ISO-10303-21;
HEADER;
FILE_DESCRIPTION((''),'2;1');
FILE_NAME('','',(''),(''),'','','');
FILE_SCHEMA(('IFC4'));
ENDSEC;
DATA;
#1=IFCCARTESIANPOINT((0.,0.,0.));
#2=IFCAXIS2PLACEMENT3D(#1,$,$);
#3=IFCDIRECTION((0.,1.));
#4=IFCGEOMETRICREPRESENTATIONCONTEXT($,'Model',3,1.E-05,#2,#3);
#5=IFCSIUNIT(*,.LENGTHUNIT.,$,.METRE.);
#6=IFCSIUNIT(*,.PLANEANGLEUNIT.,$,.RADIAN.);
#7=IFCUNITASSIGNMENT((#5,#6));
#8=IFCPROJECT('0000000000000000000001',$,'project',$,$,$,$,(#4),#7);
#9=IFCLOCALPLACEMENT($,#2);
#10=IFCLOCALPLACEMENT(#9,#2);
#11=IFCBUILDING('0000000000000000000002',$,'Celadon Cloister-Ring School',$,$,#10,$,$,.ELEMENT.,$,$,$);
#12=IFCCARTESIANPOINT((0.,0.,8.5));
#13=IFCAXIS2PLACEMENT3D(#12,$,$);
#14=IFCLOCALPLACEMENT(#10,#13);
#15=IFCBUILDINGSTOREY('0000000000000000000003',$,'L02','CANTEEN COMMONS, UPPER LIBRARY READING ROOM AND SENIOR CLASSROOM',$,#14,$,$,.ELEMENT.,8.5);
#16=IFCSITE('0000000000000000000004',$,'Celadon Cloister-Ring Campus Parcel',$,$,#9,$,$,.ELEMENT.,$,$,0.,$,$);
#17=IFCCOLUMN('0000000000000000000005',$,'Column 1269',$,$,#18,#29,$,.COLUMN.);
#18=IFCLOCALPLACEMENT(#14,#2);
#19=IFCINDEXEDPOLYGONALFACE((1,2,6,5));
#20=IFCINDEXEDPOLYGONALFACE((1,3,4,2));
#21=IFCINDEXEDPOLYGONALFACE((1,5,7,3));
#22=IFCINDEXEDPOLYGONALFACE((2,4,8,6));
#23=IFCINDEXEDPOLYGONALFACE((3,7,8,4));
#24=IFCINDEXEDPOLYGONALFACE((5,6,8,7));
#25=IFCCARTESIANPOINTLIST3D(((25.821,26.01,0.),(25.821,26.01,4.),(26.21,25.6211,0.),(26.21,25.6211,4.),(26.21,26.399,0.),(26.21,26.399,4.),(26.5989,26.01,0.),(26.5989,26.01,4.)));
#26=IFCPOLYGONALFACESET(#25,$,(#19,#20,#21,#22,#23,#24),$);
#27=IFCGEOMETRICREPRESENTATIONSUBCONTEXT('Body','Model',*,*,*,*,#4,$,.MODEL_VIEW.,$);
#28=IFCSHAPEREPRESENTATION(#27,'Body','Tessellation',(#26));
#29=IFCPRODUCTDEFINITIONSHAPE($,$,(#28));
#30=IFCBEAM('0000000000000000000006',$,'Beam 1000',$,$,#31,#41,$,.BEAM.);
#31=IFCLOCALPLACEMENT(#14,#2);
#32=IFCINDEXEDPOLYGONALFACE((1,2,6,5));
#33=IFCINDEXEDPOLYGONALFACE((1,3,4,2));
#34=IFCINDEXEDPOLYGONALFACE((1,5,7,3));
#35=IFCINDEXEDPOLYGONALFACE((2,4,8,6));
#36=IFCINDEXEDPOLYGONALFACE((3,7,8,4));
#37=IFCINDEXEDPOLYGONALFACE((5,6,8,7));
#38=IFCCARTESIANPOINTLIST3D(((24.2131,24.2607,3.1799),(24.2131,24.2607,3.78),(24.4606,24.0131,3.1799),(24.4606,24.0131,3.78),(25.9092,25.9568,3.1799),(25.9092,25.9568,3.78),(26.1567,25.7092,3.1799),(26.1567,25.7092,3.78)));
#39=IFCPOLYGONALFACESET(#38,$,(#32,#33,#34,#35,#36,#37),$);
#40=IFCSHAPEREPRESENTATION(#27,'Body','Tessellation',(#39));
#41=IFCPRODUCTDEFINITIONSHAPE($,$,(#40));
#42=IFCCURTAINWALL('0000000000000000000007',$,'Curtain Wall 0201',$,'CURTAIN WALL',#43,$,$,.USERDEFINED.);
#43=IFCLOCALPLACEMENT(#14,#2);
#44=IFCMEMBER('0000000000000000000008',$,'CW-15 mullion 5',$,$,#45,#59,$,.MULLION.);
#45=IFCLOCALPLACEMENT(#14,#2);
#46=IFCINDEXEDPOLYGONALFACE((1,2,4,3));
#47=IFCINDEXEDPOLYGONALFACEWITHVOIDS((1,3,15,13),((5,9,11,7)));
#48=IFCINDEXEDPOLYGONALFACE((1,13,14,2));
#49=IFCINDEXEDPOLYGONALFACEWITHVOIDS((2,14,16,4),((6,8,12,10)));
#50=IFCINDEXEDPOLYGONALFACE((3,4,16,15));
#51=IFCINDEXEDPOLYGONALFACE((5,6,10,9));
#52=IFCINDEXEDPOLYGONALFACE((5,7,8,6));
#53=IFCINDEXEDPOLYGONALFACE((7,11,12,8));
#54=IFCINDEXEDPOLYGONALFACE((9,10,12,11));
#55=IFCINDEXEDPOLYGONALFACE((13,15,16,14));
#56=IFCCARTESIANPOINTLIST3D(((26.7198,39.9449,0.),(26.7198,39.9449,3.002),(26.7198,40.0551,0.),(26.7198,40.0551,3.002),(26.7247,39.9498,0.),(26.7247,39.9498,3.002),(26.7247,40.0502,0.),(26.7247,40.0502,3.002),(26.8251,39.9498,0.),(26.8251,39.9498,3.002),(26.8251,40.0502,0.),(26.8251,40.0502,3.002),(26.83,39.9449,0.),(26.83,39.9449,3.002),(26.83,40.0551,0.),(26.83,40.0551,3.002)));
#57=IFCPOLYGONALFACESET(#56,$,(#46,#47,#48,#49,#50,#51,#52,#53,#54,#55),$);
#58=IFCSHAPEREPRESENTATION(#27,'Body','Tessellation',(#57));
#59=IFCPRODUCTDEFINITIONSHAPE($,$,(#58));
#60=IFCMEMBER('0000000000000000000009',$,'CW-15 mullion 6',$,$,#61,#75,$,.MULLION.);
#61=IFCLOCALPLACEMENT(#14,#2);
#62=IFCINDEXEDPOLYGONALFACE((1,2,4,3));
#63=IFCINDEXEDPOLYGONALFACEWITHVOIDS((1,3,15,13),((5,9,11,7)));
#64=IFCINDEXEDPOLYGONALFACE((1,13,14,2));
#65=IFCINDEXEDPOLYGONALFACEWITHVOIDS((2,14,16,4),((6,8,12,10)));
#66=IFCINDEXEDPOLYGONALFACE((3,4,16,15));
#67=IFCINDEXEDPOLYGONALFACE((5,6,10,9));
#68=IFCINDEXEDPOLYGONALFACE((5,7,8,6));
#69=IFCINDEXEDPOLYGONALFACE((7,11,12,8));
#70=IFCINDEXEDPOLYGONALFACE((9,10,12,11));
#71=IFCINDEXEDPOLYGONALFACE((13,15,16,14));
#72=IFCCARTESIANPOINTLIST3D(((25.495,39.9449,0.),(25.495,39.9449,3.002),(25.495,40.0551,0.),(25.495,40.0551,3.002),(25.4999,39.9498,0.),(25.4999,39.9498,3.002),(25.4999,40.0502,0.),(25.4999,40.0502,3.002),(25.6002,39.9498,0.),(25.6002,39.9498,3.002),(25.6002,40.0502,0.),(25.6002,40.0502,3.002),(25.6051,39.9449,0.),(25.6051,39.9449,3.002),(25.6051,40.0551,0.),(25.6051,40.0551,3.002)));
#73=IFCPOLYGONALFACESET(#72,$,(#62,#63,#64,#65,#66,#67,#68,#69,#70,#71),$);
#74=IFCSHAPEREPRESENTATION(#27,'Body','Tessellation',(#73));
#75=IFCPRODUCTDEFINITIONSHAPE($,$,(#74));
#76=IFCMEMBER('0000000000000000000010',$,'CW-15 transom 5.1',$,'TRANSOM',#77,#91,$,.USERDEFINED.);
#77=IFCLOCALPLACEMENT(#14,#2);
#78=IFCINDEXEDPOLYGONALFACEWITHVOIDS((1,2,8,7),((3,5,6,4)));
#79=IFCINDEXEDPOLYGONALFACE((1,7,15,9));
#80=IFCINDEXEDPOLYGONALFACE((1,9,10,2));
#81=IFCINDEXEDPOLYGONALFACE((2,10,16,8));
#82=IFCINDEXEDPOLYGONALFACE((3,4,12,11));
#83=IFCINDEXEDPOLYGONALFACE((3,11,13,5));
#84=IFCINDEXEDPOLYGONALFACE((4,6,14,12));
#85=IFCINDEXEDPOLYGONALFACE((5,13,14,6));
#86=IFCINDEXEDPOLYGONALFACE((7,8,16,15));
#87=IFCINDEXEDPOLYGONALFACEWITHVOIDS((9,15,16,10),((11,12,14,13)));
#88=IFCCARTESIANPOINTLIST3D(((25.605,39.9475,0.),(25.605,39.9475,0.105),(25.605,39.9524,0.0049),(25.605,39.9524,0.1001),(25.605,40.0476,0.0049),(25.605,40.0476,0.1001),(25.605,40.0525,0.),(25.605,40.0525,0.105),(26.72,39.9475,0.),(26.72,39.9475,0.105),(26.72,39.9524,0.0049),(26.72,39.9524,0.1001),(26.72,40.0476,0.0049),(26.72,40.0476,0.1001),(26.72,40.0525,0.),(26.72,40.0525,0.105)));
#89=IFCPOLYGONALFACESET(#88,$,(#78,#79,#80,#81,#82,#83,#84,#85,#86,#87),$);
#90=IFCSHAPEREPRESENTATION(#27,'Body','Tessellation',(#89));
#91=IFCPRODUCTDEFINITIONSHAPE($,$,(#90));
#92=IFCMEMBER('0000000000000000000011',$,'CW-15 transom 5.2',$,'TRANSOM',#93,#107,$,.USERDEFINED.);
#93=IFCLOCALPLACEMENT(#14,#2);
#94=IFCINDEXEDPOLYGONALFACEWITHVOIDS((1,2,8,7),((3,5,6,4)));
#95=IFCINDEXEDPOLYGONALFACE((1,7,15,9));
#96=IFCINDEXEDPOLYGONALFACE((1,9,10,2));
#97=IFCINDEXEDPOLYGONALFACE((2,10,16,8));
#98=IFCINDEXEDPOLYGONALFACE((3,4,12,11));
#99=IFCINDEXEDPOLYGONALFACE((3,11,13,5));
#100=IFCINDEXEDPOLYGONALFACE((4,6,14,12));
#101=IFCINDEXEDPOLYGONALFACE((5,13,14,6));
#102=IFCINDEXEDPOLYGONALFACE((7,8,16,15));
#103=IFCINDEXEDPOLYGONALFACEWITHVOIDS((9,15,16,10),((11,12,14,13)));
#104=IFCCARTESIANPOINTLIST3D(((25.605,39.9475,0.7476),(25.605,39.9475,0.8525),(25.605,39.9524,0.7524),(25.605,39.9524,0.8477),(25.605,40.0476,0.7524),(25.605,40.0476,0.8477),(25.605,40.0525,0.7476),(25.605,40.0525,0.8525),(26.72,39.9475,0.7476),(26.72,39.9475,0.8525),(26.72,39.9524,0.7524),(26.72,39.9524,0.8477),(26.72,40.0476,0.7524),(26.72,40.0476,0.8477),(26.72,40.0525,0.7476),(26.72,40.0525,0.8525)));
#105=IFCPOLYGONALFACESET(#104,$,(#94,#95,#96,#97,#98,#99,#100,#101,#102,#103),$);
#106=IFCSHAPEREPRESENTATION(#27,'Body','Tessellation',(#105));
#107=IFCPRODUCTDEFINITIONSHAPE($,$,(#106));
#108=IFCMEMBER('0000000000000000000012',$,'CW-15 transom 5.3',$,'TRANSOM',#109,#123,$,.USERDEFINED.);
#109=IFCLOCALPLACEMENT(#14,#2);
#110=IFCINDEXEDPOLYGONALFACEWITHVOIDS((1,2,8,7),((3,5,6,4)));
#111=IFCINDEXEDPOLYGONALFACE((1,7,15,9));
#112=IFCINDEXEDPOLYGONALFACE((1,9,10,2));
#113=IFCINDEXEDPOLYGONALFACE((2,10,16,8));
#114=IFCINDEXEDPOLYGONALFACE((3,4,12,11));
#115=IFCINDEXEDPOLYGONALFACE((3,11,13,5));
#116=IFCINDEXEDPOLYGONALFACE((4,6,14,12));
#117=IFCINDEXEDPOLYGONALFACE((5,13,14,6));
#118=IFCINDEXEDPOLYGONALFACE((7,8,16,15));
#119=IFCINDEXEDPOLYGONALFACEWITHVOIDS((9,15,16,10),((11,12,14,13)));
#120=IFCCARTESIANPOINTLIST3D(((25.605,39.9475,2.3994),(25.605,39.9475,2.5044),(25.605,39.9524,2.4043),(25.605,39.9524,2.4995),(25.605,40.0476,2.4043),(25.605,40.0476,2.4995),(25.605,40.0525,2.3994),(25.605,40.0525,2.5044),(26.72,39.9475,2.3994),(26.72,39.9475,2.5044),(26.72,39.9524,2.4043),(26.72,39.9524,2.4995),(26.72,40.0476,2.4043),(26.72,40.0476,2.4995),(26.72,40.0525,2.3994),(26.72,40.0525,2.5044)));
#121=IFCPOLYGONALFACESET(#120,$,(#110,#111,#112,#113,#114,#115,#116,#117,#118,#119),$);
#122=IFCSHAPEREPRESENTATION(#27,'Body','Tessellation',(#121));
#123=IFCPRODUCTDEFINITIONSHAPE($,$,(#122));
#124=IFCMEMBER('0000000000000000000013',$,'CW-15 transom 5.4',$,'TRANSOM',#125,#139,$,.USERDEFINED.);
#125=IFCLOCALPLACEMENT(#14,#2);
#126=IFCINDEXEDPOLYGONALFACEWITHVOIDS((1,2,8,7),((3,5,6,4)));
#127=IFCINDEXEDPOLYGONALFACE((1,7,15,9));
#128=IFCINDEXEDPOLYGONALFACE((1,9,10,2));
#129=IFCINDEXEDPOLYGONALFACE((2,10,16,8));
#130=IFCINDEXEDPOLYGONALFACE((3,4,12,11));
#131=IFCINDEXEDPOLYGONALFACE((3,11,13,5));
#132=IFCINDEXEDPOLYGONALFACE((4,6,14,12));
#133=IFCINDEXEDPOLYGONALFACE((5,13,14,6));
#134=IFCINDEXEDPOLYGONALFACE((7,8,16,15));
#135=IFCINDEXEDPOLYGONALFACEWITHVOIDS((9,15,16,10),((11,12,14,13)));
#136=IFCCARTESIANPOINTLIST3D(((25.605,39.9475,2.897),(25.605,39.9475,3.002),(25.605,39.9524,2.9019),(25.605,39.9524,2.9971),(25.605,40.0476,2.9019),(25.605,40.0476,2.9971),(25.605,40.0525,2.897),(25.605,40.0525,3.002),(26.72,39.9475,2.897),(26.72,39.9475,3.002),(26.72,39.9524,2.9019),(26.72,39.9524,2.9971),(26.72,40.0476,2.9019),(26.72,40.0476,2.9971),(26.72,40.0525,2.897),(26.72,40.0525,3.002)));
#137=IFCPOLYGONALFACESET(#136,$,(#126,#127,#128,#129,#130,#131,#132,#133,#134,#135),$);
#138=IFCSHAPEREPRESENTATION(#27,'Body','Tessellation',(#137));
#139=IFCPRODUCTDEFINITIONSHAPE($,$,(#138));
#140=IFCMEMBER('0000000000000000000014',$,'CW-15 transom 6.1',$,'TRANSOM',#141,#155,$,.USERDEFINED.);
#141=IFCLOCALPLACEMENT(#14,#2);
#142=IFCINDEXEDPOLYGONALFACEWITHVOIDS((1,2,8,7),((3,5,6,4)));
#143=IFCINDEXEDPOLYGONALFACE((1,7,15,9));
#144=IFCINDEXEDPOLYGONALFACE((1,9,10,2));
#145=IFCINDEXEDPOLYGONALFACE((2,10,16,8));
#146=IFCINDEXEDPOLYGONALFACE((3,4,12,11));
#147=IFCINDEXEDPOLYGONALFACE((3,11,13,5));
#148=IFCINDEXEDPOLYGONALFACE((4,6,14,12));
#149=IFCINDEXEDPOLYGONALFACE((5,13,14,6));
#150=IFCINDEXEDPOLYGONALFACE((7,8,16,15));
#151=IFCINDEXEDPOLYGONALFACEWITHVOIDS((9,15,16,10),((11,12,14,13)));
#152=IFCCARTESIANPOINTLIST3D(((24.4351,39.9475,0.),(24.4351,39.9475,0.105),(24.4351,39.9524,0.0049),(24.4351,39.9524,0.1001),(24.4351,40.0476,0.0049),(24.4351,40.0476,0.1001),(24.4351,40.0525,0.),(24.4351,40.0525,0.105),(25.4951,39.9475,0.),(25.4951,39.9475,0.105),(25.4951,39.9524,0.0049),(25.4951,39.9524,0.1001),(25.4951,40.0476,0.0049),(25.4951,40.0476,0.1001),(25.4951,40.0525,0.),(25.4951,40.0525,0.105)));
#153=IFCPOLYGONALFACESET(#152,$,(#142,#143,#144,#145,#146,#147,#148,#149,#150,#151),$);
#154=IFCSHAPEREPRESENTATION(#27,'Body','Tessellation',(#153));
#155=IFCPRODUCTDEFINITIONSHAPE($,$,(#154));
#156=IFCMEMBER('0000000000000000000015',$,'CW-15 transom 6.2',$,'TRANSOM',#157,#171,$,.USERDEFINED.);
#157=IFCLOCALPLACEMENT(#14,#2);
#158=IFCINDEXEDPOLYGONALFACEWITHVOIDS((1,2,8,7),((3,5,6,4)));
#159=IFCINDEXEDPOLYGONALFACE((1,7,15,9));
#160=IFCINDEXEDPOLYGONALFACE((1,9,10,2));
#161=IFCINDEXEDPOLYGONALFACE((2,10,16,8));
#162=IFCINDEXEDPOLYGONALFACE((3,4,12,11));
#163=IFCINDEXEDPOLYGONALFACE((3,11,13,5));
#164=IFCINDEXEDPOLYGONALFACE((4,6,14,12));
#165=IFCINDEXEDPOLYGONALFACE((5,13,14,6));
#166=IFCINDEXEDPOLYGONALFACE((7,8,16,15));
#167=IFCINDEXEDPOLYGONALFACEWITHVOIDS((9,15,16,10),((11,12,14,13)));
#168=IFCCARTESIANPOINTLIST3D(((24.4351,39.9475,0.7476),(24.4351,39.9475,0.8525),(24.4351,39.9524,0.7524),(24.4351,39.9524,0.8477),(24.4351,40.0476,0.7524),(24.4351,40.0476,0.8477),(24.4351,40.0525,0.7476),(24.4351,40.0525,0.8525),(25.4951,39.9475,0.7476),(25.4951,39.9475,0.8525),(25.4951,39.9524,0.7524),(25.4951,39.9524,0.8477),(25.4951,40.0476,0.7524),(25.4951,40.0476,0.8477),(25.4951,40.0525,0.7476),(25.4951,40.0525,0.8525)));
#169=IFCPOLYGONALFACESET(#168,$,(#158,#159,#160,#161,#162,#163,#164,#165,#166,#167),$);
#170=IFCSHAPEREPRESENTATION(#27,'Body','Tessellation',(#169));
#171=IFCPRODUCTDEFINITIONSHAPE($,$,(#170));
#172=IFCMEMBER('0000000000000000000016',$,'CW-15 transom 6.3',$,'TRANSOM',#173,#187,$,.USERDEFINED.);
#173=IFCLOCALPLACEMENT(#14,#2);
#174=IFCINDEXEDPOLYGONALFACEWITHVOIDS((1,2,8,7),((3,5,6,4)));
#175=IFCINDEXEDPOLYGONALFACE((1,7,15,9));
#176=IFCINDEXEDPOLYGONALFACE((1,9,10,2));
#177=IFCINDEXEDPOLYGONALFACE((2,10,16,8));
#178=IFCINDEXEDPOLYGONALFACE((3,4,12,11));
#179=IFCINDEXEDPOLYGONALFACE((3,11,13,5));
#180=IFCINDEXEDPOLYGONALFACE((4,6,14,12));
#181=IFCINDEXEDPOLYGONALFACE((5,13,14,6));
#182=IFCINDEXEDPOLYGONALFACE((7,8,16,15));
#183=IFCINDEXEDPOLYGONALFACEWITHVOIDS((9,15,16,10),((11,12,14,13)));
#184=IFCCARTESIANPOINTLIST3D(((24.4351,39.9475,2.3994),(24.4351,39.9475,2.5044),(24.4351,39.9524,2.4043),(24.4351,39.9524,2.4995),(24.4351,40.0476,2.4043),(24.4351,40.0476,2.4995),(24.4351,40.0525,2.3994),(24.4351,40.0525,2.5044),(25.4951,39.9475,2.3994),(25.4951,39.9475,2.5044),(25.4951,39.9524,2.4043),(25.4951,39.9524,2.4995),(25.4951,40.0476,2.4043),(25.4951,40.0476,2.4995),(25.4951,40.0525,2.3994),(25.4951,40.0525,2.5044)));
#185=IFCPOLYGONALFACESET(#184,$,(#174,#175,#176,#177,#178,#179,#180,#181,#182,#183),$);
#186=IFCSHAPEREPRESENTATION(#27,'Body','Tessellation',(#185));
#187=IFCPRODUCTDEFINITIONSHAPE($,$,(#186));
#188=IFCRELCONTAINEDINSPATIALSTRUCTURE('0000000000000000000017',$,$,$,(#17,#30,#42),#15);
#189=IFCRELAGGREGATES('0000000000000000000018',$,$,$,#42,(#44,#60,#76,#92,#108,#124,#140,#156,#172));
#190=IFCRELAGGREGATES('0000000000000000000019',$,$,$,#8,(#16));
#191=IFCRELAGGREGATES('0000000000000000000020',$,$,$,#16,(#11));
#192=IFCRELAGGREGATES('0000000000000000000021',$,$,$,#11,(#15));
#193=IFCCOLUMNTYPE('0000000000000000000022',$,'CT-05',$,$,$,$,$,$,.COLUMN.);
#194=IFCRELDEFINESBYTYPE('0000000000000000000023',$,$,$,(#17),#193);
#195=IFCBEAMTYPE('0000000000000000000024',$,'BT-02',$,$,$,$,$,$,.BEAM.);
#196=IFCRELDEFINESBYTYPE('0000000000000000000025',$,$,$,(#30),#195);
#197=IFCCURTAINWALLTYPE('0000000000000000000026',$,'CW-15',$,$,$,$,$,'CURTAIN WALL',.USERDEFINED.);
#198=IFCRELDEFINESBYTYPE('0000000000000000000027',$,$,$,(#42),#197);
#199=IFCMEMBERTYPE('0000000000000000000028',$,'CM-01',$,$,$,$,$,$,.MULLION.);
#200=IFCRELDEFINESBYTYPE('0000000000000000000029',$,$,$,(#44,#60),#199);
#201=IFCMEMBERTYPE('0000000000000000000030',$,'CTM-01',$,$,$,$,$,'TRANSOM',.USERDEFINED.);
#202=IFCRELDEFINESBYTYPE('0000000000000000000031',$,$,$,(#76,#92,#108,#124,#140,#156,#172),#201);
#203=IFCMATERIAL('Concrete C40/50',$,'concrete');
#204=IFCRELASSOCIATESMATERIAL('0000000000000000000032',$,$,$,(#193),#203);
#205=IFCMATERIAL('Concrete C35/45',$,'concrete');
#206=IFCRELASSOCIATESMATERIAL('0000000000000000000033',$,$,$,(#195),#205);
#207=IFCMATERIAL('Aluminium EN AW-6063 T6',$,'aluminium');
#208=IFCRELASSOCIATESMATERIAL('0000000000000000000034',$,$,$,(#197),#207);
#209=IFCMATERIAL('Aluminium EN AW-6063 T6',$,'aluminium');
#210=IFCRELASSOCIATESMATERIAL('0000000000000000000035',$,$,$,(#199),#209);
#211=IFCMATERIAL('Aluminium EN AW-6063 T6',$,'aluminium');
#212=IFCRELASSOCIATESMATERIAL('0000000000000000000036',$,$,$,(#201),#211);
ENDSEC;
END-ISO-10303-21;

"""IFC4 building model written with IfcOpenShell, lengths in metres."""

from ifc_helpers import new_model, si_unit, direction, frame, origin, origin_2d, place, context, subcontext, project, spatial, rectangle, hollow_rectangle, extrude, material, material_profile, profile_set, type_object, element, aggregate, save


model = new_model("IFC4")

# Units and contexts
model_context = context("Model", 3, precision=1e-05, world=origin(), true_north=direction((0.0, 1.0)))
body_context = subcontext(model_context, "Body", "Model", "MODEL_VIEW")
ifc_project = project(units=[si_unit("LENGTHUNIT", "METRE"), si_unit("PLANEANGLEUNIT", "RADIAN")], contexts=[model_context])

# Site, building, storey
site_placement = place(None, origin())
site = spatial("IfcSite", under=ifc_project, at=site_placement, Name="Celadon Cloister-Ring Campus Parcel", CompositionType="ELEMENT", RefElevation=0.0)
building_placement = place(site_placement, origin())
building = spatial("IfcBuilding", under=site, at=building_placement, Name="Celadon Cloister-Ring School", CompositionType="ELEMENT")
storey_placement = place(building_placement, frame((0.0, 0.0, 8.5)))
storey = spatial("IfcBuildingStorey", under=building, at=storey_placement, Name="L02", Description="CANTEEN COMMONS, UPPER LIBRARY READING ROOM AND SENIOR CLASSROOM", CompositionType="ELEMENT", Elevation=8.5)

# Column
ifc_material_1 = material(Name="Concrete C40/50", Category="concrete")
ifc_material_profile_1 = material_profile(ifc_material_1, rectangle(XDim=0.55, YDim=0.55, at=origin_2d()), Name="RC550X550")
ifc_profile_set_1 = profile_set([ifc_material_profile_1], Name="Concrete C40/50")
column_type = type_object("IfcColumnType", Name="CT-05", PredefinedType="COLUMN", material=ifc_profile_set_1)
column_placement = place(storey_placement, frame((26.21, 26.01, 0.0), z_axis=(0.0, 0.0, 1.0), x_axis=(0.707107, 0.707107, 0.0)))
element("IfcColumn", 1, at=column_placement, inside=storey, type_object=column_type, Name="Column 1269", PredefinedType="COLUMN", context=body_context, shape_type="SweptSolid", body=[
    extrude(rectangle(XDim=0.55, YDim=0.55, at=origin_2d()), origin(), (0.0, 0.0, 1.0), 4.0),
])

# Beam
ifc_material_2 = material(Name="Concrete C35/45", Category="concrete")
ifc_material_profile_2 = material_profile(ifc_material_2, rectangle(XDim=0.3501, YDim=0.6001, at=origin_2d()), Name="RC350X600")
ifc_profile_set_2 = profile_set([ifc_material_profile_2], Name="Concrete C35/45")
beam_type_1 = type_object("IfcBeamType", Name="BT-02", PredefinedType="BEAM", material=ifc_profile_set_2)
beam_1_placement = place(storey_placement, frame((26.033, 25.833, 3.48), z_axis=(-0.707107, -0.707107, 0.0), x_axis=(0.707107, -0.707107, 0.0)))
element("IfcBeam", 2, at=beam_1_placement, inside=storey, type_object=beam_type_1, Name="Beam 1000", PredefinedType="BEAM", context=body_context, shape_type="SweptSolid", body=[
    extrude(rectangle(XDim=0.3501, YDim=0.6001, at=origin_2d()), origin(), (0.0, 0.0, 1.0), 2.3987),
])

# Curtain wall, members
ifc_material_3 = material(Name="Aluminium EN AW-6063 T6", Category="aluminium")
curtain_wall_type = type_object("IfcCurtainWallType", Name="CW-15", ElementType="CURTAIN WALL", PredefinedType="USERDEFINED", material=ifc_material_3)
curtain_wall_placement = place(storey_placement, origin())
curtain_wall = element("IfcCurtainWall", 3, at=curtain_wall_placement, inside=storey, type_object=curtain_wall_type, Name="Curtain Wall 0201", ObjectType="CURTAIN WALL", PredefinedType="USERDEFINED")
ifc_material_4 = material(Name="Aluminium EN AW-6063 T6", Category="aluminium")
ifc_material_profile_3 = material_profile(ifc_material_4, hollow_rectangle(XDim=0.1101, YDim=0.1101, WallThickness=0.0049, at=origin_2d()), Name="RHS110X110X5")
ifc_profile_set_3 = profile_set([ifc_material_profile_3], Name="Aluminium EN AW-6063 T6")
member_type_1 = type_object("IfcMemberType", Name="CM-01", PredefinedType="MULLION", material=ifc_profile_set_3)
member_1_placement = place(storey_placement, frame((26.7749, 40.0, 0.0), z_axis=(0.0, 0.0, 1.0), x_axis=(0.0, -1.0, 0.0)))
member_1 = element("IfcMember", 4, at=member_1_placement, type_object=member_type_1, Name="CW-15 mullion 5", PredefinedType="MULLION", context=body_context, shape_type="SweptSolid", body=[
    extrude(hollow_rectangle(XDim=0.1101, YDim=0.1101, WallThickness=0.0049, at=origin_2d()), origin(), (0.0, 0.0, 1.0), 3.002),
])
member_2_placement = place(storey_placement, frame((25.55, 40.0, 0.0), z_axis=(0.0, 0.0, 1.0), x_axis=(0.0, -1.0, 0.0)))
member_2 = element("IfcMember", 5, at=member_2_placement, type_object=member_type_1, Name="CW-15 mullion 6", PredefinedType="MULLION", context=body_context, shape_type="SweptSolid", body=[
    extrude(hollow_rectangle(XDim=0.1101, YDim=0.1101, WallThickness=0.0049, at=origin_2d()), origin(), (0.0, 0.0, 1.0), 3.002),
])
ifc_material_5 = material(Name="Aluminium EN AW-6063 T6", Category="aluminium")
ifc_material_profile_4 = material_profile(ifc_material_5, hollow_rectangle(XDim=0.105, YDim=0.105, WallThickness=0.0049, at=origin_2d()), Name="RHS105X105X5")
ifc_profile_set_4 = profile_set([ifc_material_profile_4], Name="Aluminium EN AW-6063 T6")
member_type_2 = type_object("IfcMemberType", Name="CTM-01", ElementType="TRANSOM", PredefinedType="USERDEFINED", material=ifc_profile_set_4)
member_3_placement = place(storey_placement, frame((26.72, 40.0, 0.0525), z_axis=(-1.0, 0.0, 0.0), x_axis=(0.0, -1.0, 0.0)))
member_3 = element("IfcMember", 6, at=member_3_placement, type_object=member_type_2, Name="CW-15 transom 5.1", ObjectType="TRANSOM", PredefinedType="USERDEFINED", context=body_context, shape_type="SweptSolid", body=[
    extrude(hollow_rectangle(XDim=0.105, YDim=0.105, WallThickness=0.0049, at=origin_2d()), origin(), (0.0, 0.0, 1.0), 1.115),
])
member_4_placement = place(storey_placement, frame((26.72, 40.0, 0.8), z_axis=(-1.0, 0.0, 0.0), x_axis=(0.0, -1.0, 0.0)))
member_4 = element("IfcMember", 7, at=member_4_placement, type_object=member_type_2, Name="CW-15 transom 5.2", ObjectType="TRANSOM", PredefinedType="USERDEFINED", context=body_context, shape_type="SweptSolid", body=[
    extrude(hollow_rectangle(XDim=0.105, YDim=0.105, WallThickness=0.0049, at=origin_2d()), origin(), (0.0, 0.0, 1.0), 1.115),
])
member_5_placement = place(storey_placement, frame((26.72, 40.0, 2.4519), z_axis=(-1.0, 0.0, 0.0), x_axis=(0.0, -1.0, 0.0)))
member_5 = element("IfcMember", 8, at=member_5_placement, type_object=member_type_2, Name="CW-15 transom 5.3", ObjectType="TRANSOM", PredefinedType="USERDEFINED", context=body_context, shape_type="SweptSolid", body=[
    extrude(hollow_rectangle(XDim=0.105, YDim=0.105, WallThickness=0.0049, at=origin_2d()), origin(), (0.0, 0.0, 1.0), 1.115),
])
member_6_placement = place(storey_placement, frame((26.72, 40.0, 2.9495), z_axis=(-1.0, 0.0, 0.0), x_axis=(0.0, -1.0, 0.0)))
member_6 = element("IfcMember", 9, at=member_6_placement, type_object=member_type_2, Name="CW-15 transom 5.4", ObjectType="TRANSOM", PredefinedType="USERDEFINED", context=body_context, shape_type="SweptSolid", body=[
    extrude(hollow_rectangle(XDim=0.105, YDim=0.105, WallThickness=0.0049, at=origin_2d()), origin(), (0.0, 0.0, 1.0), 1.115),
])
member_7_placement = place(storey_placement, frame((25.4951, 40.0, 0.0525), z_axis=(-1.0, 0.0, 0.0), x_axis=(0.0, -1.0, 0.0)))
member_7 = element("IfcMember", 10, at=member_7_placement, type_object=member_type_2, Name="CW-15 transom 6.1", ObjectType="TRANSOM", PredefinedType="USERDEFINED", context=body_context, shape_type="SweptSolid", body=[
    extrude(hollow_rectangle(XDim=0.105, YDim=0.105, WallThickness=0.0049, at=origin_2d()), origin(), (0.0, 0.0, 1.0), 1.0601),
])
member_8_placement = place(storey_placement, frame((25.4951, 40.0, 0.8), z_axis=(-1.0, 0.0, 0.0), x_axis=(0.0, -1.0, 0.0)))
member_8 = element("IfcMember", 11, at=member_8_placement, type_object=member_type_2, Name="CW-15 transom 6.2", ObjectType="TRANSOM", PredefinedType="USERDEFINED", context=body_context, shape_type="SweptSolid", body=[
    extrude(hollow_rectangle(XDim=0.105, YDim=0.105, WallThickness=0.0049, at=origin_2d()), origin(), (0.0, 0.0, 1.0), 1.0601),
])
member_9_placement = place(storey_placement, frame((25.4951, 40.0, 2.4519), z_axis=(-1.0, 0.0, 0.0), x_axis=(0.0, -1.0, 0.0)))
member_9 = element("IfcMember", 12, at=member_9_placement, type_object=member_type_2, Name="CW-15 transom 6.3", ObjectType="TRANSOM", PredefinedType="USERDEFINED", context=body_context, shape_type="SweptSolid", body=[
    extrude(hollow_rectangle(XDim=0.105, YDim=0.105, WallThickness=0.0049, at=origin_2d()), origin(), (0.0, 0.0, 1.0), 1.0601),
])

aggregate(curtain_wall, [member_1, member_2, member_3, member_4, member_5, member_6, member_7, member_8, member_9])

save(model, "model.ifc")
